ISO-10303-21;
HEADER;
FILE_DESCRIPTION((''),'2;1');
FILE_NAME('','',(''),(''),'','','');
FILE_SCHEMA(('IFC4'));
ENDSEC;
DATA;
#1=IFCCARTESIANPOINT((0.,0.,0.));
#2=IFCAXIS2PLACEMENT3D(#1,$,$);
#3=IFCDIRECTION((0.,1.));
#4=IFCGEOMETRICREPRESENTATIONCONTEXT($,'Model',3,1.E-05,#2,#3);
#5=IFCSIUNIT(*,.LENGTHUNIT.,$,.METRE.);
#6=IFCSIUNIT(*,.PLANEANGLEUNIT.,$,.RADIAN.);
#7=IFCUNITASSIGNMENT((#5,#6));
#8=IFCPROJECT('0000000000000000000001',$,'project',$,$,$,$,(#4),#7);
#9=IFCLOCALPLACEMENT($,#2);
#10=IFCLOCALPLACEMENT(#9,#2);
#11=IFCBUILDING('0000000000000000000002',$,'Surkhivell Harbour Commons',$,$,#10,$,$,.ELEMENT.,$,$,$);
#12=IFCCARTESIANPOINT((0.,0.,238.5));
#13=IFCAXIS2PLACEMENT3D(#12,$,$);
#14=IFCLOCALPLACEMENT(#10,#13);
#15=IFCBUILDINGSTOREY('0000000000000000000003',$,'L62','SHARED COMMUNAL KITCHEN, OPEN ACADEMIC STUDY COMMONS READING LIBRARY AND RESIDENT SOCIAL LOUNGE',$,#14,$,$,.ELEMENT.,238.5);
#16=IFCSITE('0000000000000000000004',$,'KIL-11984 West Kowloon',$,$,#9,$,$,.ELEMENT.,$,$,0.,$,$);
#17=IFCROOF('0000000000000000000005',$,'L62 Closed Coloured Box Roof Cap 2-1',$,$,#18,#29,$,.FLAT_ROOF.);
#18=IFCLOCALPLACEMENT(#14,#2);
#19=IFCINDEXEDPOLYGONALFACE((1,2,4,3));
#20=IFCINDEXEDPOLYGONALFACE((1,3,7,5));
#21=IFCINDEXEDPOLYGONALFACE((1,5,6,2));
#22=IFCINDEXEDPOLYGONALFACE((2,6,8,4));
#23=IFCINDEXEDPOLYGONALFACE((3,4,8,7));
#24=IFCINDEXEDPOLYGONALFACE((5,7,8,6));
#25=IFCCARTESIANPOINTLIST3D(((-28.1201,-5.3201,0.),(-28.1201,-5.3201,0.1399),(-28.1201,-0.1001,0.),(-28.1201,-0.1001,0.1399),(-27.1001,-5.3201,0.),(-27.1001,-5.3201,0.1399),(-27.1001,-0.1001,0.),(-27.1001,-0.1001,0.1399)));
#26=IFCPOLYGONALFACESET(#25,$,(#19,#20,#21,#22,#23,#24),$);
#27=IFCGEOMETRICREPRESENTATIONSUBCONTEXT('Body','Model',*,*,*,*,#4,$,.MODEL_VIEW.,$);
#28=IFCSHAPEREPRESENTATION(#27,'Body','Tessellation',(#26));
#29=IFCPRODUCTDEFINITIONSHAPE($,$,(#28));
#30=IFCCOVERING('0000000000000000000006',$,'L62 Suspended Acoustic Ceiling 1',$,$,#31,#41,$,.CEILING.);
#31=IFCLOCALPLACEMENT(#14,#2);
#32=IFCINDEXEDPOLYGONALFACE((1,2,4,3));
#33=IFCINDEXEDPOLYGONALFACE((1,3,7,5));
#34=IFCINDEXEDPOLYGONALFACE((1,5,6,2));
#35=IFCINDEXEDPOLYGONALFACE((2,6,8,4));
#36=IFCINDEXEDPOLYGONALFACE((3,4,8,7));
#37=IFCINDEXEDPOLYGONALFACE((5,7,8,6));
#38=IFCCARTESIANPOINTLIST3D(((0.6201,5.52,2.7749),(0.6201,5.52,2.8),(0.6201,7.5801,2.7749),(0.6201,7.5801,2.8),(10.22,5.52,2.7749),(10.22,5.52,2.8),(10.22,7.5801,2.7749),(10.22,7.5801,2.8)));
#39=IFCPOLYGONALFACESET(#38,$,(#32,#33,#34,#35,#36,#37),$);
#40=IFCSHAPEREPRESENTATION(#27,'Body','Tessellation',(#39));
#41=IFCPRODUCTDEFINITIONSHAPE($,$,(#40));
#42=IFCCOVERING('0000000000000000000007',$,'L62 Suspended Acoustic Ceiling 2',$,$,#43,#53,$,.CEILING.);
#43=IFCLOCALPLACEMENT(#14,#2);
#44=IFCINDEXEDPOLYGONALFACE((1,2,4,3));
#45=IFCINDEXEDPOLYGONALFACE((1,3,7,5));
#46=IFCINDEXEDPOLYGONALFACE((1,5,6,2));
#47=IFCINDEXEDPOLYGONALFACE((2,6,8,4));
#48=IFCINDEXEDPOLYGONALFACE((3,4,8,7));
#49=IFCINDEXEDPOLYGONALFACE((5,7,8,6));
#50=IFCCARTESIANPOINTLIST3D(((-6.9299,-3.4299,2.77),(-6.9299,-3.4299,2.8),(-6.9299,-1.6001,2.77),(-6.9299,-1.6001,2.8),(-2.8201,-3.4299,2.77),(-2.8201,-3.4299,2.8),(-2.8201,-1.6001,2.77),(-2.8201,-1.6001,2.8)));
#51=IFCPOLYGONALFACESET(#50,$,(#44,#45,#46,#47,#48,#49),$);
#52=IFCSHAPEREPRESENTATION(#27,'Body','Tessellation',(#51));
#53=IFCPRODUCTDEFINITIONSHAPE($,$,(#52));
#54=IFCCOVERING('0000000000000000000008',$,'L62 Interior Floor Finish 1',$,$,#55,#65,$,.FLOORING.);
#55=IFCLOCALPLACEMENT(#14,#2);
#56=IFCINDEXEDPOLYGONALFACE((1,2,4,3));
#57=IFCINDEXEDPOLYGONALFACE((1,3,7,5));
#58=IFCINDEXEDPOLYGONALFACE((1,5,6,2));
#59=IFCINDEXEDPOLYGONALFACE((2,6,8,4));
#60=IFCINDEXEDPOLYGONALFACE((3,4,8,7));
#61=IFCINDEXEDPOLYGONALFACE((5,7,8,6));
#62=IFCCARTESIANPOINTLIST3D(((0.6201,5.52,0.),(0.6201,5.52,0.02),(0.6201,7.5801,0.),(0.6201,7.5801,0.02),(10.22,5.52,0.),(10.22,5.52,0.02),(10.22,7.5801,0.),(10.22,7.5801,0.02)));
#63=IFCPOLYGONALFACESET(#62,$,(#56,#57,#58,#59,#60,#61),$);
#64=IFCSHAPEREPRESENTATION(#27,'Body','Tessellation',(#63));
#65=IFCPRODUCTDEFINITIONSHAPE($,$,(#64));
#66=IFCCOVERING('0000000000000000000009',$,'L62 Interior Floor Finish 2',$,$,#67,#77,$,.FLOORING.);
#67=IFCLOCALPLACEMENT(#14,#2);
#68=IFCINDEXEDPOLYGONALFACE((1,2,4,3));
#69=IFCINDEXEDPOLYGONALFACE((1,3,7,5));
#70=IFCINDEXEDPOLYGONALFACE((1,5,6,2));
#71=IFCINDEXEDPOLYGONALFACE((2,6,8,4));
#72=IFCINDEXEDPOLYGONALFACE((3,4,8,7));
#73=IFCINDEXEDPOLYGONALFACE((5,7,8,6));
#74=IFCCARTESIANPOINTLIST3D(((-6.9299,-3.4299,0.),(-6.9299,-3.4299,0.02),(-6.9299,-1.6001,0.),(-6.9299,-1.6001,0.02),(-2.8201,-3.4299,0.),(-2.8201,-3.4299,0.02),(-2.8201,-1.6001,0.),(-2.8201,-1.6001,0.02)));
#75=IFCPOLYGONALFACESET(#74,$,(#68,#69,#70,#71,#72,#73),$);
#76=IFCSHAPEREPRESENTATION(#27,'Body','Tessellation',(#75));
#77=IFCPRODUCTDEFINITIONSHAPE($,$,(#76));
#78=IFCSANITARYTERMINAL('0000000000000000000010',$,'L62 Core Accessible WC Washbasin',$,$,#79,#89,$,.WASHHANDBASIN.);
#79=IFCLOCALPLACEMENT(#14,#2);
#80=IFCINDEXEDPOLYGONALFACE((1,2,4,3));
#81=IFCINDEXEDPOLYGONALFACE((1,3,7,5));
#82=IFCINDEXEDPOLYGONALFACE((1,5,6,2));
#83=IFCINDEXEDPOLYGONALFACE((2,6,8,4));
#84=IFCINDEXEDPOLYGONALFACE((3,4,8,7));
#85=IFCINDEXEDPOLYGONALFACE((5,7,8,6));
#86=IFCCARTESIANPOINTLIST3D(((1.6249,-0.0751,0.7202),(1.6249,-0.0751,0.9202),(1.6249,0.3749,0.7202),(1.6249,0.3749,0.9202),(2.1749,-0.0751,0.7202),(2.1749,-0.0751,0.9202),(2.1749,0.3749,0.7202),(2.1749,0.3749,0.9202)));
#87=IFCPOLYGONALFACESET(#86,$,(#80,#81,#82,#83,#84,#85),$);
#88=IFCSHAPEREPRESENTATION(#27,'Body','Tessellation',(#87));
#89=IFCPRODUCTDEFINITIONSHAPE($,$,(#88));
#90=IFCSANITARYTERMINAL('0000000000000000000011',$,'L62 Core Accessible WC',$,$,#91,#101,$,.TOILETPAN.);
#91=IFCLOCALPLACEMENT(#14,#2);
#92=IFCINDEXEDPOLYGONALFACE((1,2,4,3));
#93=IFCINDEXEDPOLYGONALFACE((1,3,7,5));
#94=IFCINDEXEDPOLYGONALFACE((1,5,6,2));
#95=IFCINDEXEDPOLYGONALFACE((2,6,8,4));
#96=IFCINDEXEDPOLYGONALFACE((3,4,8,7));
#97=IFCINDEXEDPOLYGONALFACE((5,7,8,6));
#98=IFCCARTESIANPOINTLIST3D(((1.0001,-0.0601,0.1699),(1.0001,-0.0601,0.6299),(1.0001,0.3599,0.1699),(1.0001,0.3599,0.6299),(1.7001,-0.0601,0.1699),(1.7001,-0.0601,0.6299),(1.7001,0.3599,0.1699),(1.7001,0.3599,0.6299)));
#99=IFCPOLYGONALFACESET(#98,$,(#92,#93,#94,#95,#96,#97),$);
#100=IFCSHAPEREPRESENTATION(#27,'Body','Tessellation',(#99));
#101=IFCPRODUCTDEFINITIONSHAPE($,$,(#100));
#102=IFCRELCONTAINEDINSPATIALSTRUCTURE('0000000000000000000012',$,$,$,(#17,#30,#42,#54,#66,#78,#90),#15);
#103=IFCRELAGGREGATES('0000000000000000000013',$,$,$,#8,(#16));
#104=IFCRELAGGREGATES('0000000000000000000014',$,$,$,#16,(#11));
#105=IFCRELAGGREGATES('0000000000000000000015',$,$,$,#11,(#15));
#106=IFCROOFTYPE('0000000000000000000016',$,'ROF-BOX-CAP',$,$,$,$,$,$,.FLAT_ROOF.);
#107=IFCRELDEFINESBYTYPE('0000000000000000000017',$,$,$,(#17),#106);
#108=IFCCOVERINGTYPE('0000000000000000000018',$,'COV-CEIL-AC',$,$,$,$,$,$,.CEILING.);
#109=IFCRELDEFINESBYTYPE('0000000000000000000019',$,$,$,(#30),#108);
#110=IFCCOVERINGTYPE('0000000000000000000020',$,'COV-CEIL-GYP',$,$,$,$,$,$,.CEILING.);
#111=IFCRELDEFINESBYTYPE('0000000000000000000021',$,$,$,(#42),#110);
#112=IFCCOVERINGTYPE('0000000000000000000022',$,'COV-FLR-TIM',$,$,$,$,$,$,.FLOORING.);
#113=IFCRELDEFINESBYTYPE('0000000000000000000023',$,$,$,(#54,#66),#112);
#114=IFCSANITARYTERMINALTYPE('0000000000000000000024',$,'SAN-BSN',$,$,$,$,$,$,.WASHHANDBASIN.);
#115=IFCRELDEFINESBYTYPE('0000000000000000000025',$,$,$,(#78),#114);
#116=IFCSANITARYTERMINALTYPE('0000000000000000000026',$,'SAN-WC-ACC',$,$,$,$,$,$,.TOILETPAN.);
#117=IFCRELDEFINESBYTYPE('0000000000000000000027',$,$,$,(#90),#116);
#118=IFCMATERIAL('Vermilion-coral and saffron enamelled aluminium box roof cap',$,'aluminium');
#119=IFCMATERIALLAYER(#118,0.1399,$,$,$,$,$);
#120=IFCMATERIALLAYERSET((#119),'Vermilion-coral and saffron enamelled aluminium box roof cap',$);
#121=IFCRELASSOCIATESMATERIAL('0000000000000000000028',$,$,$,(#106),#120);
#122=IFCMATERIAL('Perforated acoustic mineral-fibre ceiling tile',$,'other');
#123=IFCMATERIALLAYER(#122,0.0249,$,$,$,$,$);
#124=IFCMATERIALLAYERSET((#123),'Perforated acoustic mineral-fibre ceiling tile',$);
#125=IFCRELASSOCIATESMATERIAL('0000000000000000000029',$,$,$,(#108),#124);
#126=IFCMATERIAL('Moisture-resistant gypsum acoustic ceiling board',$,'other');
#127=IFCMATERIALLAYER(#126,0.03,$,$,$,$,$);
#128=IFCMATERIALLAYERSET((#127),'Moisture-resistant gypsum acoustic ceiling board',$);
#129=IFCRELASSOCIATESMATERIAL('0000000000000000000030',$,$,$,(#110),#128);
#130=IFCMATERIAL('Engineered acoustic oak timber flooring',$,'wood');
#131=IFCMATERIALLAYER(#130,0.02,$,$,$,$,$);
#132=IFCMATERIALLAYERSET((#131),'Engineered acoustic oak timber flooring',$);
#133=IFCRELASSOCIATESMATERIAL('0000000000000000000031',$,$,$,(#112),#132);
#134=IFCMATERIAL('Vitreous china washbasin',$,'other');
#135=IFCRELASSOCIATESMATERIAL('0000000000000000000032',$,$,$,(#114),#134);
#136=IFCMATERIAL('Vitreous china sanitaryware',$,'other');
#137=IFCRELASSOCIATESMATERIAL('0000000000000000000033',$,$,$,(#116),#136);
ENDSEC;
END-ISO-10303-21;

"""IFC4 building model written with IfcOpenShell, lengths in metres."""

from ifc_helpers import new_model, si_unit, direction, frame, origin, origin_2d, place, context, subcontext, project, spatial, polyline, rectangle, outline, extrude, material, layer, layer_set, type_object, element, save


model = new_model("IFC4")

# Units and contexts
model_context = context("Model", 3, precision=1e-05, world=origin(), true_north=direction((0.0, 1.0)))
body_context = subcontext(model_context, "Body", "Model", "MODEL_VIEW")
ifc_project = project(units=[si_unit("LENGTHUNIT", "METRE"), si_unit("PLANEANGLEUNIT", "RADIAN")], contexts=[model_context])

# Site, building, storey
site_placement = place(None, origin())
site = spatial("IfcSite", under=ifc_project, at=site_placement, Name="KIL-11984 West Kowloon", CompositionType="ELEMENT", RefElevation=0.0)
building_placement = place(site_placement, origin())
building = spatial("IfcBuilding", under=site, at=building_placement, Name="Surkhivell Harbour Commons", CompositionType="ELEMENT")
storey_placement = place(building_placement, frame((0.0, 0.0, 238.5)))
storey = spatial("IfcBuildingStorey", under=building, at=storey_placement, Name="L62", Description="SHARED COMMUNAL KITCHEN, OPEN ACADEMIC STUDY COMMONS READING LIBRARY AND RESIDENT SOCIAL LOUNGE", CompositionType="ELEMENT", Elevation=238.5)

# Roof
ifc_material_1 = material(Name="Vermilion-coral and saffron enamelled aluminium box roof cap", Category="aluminium")
ifc_layer_1 = layer(ifc_material_1, 0.1399)
ifc_layer_set_1 = layer_set([ifc_layer_1], Name="Vermilion-coral and saffron enamelled aluminium box roof cap")
roof_type = type_object("IfcRoofType", Name="ROF-BOX-CAP", PredefinedType="FLAT_ROOF", material=ifc_layer_set_1)
roof_1_placement = place(storey_placement, origin())
element("IfcRoof", 1, at=roof_1_placement, inside=storey, type_object=roof_type, Name="L62 Closed Coloured Box Roof Cap 2-1", PredefinedType="FLAT_ROOF", context=body_context, shape_type="SweptSolid", body=[
    extrude(outline(polyline([(-27.1001, -5.3201), (-27.1001, -0.1001), (-28.1201, -0.1001), (-28.1201, -5.3201), (-27.1001, -5.3201)])), origin(), (0.0, 0.0, 1.0), 0.1399),
])

# Coverings
ifc_material_2 = material(Name="Perforated acoustic mineral-fibre ceiling tile", Category="other")
ifc_layer_2 = layer(ifc_material_2, 0.0249)
ifc_layer_set_2 = layer_set([ifc_layer_2], Name="Perforated acoustic mineral-fibre ceiling tile")
covering_type_1 = type_object("IfcCoveringType", Name="COV-CEIL-AC", PredefinedType="CEILING", material=ifc_layer_set_2)
covering_1_placement = place(storey_placement, frame((0.0, 0.0, 2.7749)))
element("IfcCovering", 2, at=covering_1_placement, inside=storey, type_object=covering_type_1, Name="L62 Suspended Acoustic Ceiling 1", PredefinedType="CEILING", context=body_context, shape_type="SweptSolid", body=[
    extrude(outline(polyline([(0.6201, 5.52), (10.22, 5.52), (10.22, 7.5801), (0.6201, 7.5801), (0.6201, 5.52)])), origin(), (0.0, 0.0, 1.0), 0.0251),
])
ifc_material_3 = material(Name="Moisture-resistant gypsum acoustic ceiling board", Category="other")
ifc_layer_3 = layer(ifc_material_3, 0.03)
ifc_layer_set_3 = layer_set([ifc_layer_3], Name="Moisture-resistant gypsum acoustic ceiling board")
covering_type_2 = type_object("IfcCoveringType", Name="COV-CEIL-GYP", PredefinedType="CEILING", material=ifc_layer_set_3)
covering_2_placement = place(storey_placement, frame((0.0, 0.0, 2.77)))
element("IfcCovering", 3, at=covering_2_placement, inside=storey, type_object=covering_type_2, Name="L62 Suspended Acoustic Ceiling 2", PredefinedType="CEILING", context=body_context, shape_type="SweptSolid", body=[
    extrude(outline(polyline([(-6.9299, -3.4299), (-2.8201, -3.4299), (-2.8201, -1.6001), (-6.9299, -1.6001), (-6.9299, -3.4299)])), origin(), (0.0, 0.0, 1.0), 0.03),
])
ifc_material_4 = material(Name="Engineered acoustic oak timber flooring", Category="wood")
ifc_layer_4 = layer(ifc_material_4, 0.02)
ifc_layer_set_4 = layer_set([ifc_layer_4], Name="Engineered acoustic oak timber flooring")
covering_type_3 = type_object("IfcCoveringType", Name="COV-FLR-TIM", PredefinedType="FLOORING", material=ifc_layer_set_4)
covering_3_placement = place(storey_placement, origin())
element("IfcCovering", 4, at=covering_3_placement, inside=storey, type_object=covering_type_3, Name="L62 Interior Floor Finish 1", PredefinedType="FLOORING", context=body_context, shape_type="SweptSolid", body=[
    extrude(outline(polyline([(0.6201, 5.52), (10.22, 5.52), (10.22, 7.5801), (0.6201, 7.5801), (0.6201, 5.52)])), origin(), (0.0, 0.0, 1.0), 0.02),
])
covering_4_placement = place(storey_placement, origin())
element("IfcCovering", 5, at=covering_4_placement, inside=storey, type_object=covering_type_3, Name="L62 Interior Floor Finish 2", PredefinedType="FLOORING", context=body_context, shape_type="SweptSolid", body=[
    extrude(outline(polyline([(-6.9299, -3.4299), (-2.8201, -3.4299), (-2.8201, -1.6001), (-6.9299, -1.6001), (-6.9299, -3.4299)])), origin(), (0.0, 0.0, 1.0), 0.02),
])

# Sanitary terminals
ifc_material_5 = material(Name="Vitreous china washbasin", Category="other")
sanitary_terminal_type_1 = type_object("IfcSanitaryTerminalType", Name="SAN-BSN", PredefinedType="WASHHANDBASIN", material=ifc_material_5)
sanitary_terminal_1_placement = place(storey_placement, frame((1.8999, 0.1499, 0.7202), z_axis=(0.0, 0.0, 1.0), x_axis=(1.0, 0.0, 0.0)))
element("IfcSanitaryTerminal", 6, at=sanitary_terminal_1_placement, inside=storey, type_object=sanitary_terminal_type_1, Name="L62 Core Accessible WC Washbasin", PredefinedType="WASHHANDBASIN", context=body_context, shape_type="SweptSolid", body=[
    extrude(rectangle(XDim=0.55, YDim=0.45, at=origin_2d()), origin(), (0.0, 0.0, 1.0), 0.2),
])
ifc_material_6 = material(Name="Vitreous china sanitaryware", Category="other")
sanitary_terminal_type_2 = type_object("IfcSanitaryTerminalType", Name="SAN-WC-ACC", PredefinedType="TOILETPAN", material=ifc_material_6)
sanitary_terminal_2_placement = place(storey_placement, frame((1.3501, 0.1499, 0.1699), z_axis=(0.0, 0.0, 1.0), x_axis=(1.0, 0.0, 0.0)))
element("IfcSanitaryTerminal", 7, at=sanitary_terminal_2_placement, inside=storey, type_object=sanitary_terminal_type_2, Name="L62 Core Accessible WC", PredefinedType="TOILETPAN", context=body_context, shape_type="SweptSolid", body=[
    extrude(rectangle(XDim=0.7, YDim=0.4199, at=origin_2d()), origin(), (0.0, 0.0, 1.0), 0.46),
])

save(model, "model.ifc")
